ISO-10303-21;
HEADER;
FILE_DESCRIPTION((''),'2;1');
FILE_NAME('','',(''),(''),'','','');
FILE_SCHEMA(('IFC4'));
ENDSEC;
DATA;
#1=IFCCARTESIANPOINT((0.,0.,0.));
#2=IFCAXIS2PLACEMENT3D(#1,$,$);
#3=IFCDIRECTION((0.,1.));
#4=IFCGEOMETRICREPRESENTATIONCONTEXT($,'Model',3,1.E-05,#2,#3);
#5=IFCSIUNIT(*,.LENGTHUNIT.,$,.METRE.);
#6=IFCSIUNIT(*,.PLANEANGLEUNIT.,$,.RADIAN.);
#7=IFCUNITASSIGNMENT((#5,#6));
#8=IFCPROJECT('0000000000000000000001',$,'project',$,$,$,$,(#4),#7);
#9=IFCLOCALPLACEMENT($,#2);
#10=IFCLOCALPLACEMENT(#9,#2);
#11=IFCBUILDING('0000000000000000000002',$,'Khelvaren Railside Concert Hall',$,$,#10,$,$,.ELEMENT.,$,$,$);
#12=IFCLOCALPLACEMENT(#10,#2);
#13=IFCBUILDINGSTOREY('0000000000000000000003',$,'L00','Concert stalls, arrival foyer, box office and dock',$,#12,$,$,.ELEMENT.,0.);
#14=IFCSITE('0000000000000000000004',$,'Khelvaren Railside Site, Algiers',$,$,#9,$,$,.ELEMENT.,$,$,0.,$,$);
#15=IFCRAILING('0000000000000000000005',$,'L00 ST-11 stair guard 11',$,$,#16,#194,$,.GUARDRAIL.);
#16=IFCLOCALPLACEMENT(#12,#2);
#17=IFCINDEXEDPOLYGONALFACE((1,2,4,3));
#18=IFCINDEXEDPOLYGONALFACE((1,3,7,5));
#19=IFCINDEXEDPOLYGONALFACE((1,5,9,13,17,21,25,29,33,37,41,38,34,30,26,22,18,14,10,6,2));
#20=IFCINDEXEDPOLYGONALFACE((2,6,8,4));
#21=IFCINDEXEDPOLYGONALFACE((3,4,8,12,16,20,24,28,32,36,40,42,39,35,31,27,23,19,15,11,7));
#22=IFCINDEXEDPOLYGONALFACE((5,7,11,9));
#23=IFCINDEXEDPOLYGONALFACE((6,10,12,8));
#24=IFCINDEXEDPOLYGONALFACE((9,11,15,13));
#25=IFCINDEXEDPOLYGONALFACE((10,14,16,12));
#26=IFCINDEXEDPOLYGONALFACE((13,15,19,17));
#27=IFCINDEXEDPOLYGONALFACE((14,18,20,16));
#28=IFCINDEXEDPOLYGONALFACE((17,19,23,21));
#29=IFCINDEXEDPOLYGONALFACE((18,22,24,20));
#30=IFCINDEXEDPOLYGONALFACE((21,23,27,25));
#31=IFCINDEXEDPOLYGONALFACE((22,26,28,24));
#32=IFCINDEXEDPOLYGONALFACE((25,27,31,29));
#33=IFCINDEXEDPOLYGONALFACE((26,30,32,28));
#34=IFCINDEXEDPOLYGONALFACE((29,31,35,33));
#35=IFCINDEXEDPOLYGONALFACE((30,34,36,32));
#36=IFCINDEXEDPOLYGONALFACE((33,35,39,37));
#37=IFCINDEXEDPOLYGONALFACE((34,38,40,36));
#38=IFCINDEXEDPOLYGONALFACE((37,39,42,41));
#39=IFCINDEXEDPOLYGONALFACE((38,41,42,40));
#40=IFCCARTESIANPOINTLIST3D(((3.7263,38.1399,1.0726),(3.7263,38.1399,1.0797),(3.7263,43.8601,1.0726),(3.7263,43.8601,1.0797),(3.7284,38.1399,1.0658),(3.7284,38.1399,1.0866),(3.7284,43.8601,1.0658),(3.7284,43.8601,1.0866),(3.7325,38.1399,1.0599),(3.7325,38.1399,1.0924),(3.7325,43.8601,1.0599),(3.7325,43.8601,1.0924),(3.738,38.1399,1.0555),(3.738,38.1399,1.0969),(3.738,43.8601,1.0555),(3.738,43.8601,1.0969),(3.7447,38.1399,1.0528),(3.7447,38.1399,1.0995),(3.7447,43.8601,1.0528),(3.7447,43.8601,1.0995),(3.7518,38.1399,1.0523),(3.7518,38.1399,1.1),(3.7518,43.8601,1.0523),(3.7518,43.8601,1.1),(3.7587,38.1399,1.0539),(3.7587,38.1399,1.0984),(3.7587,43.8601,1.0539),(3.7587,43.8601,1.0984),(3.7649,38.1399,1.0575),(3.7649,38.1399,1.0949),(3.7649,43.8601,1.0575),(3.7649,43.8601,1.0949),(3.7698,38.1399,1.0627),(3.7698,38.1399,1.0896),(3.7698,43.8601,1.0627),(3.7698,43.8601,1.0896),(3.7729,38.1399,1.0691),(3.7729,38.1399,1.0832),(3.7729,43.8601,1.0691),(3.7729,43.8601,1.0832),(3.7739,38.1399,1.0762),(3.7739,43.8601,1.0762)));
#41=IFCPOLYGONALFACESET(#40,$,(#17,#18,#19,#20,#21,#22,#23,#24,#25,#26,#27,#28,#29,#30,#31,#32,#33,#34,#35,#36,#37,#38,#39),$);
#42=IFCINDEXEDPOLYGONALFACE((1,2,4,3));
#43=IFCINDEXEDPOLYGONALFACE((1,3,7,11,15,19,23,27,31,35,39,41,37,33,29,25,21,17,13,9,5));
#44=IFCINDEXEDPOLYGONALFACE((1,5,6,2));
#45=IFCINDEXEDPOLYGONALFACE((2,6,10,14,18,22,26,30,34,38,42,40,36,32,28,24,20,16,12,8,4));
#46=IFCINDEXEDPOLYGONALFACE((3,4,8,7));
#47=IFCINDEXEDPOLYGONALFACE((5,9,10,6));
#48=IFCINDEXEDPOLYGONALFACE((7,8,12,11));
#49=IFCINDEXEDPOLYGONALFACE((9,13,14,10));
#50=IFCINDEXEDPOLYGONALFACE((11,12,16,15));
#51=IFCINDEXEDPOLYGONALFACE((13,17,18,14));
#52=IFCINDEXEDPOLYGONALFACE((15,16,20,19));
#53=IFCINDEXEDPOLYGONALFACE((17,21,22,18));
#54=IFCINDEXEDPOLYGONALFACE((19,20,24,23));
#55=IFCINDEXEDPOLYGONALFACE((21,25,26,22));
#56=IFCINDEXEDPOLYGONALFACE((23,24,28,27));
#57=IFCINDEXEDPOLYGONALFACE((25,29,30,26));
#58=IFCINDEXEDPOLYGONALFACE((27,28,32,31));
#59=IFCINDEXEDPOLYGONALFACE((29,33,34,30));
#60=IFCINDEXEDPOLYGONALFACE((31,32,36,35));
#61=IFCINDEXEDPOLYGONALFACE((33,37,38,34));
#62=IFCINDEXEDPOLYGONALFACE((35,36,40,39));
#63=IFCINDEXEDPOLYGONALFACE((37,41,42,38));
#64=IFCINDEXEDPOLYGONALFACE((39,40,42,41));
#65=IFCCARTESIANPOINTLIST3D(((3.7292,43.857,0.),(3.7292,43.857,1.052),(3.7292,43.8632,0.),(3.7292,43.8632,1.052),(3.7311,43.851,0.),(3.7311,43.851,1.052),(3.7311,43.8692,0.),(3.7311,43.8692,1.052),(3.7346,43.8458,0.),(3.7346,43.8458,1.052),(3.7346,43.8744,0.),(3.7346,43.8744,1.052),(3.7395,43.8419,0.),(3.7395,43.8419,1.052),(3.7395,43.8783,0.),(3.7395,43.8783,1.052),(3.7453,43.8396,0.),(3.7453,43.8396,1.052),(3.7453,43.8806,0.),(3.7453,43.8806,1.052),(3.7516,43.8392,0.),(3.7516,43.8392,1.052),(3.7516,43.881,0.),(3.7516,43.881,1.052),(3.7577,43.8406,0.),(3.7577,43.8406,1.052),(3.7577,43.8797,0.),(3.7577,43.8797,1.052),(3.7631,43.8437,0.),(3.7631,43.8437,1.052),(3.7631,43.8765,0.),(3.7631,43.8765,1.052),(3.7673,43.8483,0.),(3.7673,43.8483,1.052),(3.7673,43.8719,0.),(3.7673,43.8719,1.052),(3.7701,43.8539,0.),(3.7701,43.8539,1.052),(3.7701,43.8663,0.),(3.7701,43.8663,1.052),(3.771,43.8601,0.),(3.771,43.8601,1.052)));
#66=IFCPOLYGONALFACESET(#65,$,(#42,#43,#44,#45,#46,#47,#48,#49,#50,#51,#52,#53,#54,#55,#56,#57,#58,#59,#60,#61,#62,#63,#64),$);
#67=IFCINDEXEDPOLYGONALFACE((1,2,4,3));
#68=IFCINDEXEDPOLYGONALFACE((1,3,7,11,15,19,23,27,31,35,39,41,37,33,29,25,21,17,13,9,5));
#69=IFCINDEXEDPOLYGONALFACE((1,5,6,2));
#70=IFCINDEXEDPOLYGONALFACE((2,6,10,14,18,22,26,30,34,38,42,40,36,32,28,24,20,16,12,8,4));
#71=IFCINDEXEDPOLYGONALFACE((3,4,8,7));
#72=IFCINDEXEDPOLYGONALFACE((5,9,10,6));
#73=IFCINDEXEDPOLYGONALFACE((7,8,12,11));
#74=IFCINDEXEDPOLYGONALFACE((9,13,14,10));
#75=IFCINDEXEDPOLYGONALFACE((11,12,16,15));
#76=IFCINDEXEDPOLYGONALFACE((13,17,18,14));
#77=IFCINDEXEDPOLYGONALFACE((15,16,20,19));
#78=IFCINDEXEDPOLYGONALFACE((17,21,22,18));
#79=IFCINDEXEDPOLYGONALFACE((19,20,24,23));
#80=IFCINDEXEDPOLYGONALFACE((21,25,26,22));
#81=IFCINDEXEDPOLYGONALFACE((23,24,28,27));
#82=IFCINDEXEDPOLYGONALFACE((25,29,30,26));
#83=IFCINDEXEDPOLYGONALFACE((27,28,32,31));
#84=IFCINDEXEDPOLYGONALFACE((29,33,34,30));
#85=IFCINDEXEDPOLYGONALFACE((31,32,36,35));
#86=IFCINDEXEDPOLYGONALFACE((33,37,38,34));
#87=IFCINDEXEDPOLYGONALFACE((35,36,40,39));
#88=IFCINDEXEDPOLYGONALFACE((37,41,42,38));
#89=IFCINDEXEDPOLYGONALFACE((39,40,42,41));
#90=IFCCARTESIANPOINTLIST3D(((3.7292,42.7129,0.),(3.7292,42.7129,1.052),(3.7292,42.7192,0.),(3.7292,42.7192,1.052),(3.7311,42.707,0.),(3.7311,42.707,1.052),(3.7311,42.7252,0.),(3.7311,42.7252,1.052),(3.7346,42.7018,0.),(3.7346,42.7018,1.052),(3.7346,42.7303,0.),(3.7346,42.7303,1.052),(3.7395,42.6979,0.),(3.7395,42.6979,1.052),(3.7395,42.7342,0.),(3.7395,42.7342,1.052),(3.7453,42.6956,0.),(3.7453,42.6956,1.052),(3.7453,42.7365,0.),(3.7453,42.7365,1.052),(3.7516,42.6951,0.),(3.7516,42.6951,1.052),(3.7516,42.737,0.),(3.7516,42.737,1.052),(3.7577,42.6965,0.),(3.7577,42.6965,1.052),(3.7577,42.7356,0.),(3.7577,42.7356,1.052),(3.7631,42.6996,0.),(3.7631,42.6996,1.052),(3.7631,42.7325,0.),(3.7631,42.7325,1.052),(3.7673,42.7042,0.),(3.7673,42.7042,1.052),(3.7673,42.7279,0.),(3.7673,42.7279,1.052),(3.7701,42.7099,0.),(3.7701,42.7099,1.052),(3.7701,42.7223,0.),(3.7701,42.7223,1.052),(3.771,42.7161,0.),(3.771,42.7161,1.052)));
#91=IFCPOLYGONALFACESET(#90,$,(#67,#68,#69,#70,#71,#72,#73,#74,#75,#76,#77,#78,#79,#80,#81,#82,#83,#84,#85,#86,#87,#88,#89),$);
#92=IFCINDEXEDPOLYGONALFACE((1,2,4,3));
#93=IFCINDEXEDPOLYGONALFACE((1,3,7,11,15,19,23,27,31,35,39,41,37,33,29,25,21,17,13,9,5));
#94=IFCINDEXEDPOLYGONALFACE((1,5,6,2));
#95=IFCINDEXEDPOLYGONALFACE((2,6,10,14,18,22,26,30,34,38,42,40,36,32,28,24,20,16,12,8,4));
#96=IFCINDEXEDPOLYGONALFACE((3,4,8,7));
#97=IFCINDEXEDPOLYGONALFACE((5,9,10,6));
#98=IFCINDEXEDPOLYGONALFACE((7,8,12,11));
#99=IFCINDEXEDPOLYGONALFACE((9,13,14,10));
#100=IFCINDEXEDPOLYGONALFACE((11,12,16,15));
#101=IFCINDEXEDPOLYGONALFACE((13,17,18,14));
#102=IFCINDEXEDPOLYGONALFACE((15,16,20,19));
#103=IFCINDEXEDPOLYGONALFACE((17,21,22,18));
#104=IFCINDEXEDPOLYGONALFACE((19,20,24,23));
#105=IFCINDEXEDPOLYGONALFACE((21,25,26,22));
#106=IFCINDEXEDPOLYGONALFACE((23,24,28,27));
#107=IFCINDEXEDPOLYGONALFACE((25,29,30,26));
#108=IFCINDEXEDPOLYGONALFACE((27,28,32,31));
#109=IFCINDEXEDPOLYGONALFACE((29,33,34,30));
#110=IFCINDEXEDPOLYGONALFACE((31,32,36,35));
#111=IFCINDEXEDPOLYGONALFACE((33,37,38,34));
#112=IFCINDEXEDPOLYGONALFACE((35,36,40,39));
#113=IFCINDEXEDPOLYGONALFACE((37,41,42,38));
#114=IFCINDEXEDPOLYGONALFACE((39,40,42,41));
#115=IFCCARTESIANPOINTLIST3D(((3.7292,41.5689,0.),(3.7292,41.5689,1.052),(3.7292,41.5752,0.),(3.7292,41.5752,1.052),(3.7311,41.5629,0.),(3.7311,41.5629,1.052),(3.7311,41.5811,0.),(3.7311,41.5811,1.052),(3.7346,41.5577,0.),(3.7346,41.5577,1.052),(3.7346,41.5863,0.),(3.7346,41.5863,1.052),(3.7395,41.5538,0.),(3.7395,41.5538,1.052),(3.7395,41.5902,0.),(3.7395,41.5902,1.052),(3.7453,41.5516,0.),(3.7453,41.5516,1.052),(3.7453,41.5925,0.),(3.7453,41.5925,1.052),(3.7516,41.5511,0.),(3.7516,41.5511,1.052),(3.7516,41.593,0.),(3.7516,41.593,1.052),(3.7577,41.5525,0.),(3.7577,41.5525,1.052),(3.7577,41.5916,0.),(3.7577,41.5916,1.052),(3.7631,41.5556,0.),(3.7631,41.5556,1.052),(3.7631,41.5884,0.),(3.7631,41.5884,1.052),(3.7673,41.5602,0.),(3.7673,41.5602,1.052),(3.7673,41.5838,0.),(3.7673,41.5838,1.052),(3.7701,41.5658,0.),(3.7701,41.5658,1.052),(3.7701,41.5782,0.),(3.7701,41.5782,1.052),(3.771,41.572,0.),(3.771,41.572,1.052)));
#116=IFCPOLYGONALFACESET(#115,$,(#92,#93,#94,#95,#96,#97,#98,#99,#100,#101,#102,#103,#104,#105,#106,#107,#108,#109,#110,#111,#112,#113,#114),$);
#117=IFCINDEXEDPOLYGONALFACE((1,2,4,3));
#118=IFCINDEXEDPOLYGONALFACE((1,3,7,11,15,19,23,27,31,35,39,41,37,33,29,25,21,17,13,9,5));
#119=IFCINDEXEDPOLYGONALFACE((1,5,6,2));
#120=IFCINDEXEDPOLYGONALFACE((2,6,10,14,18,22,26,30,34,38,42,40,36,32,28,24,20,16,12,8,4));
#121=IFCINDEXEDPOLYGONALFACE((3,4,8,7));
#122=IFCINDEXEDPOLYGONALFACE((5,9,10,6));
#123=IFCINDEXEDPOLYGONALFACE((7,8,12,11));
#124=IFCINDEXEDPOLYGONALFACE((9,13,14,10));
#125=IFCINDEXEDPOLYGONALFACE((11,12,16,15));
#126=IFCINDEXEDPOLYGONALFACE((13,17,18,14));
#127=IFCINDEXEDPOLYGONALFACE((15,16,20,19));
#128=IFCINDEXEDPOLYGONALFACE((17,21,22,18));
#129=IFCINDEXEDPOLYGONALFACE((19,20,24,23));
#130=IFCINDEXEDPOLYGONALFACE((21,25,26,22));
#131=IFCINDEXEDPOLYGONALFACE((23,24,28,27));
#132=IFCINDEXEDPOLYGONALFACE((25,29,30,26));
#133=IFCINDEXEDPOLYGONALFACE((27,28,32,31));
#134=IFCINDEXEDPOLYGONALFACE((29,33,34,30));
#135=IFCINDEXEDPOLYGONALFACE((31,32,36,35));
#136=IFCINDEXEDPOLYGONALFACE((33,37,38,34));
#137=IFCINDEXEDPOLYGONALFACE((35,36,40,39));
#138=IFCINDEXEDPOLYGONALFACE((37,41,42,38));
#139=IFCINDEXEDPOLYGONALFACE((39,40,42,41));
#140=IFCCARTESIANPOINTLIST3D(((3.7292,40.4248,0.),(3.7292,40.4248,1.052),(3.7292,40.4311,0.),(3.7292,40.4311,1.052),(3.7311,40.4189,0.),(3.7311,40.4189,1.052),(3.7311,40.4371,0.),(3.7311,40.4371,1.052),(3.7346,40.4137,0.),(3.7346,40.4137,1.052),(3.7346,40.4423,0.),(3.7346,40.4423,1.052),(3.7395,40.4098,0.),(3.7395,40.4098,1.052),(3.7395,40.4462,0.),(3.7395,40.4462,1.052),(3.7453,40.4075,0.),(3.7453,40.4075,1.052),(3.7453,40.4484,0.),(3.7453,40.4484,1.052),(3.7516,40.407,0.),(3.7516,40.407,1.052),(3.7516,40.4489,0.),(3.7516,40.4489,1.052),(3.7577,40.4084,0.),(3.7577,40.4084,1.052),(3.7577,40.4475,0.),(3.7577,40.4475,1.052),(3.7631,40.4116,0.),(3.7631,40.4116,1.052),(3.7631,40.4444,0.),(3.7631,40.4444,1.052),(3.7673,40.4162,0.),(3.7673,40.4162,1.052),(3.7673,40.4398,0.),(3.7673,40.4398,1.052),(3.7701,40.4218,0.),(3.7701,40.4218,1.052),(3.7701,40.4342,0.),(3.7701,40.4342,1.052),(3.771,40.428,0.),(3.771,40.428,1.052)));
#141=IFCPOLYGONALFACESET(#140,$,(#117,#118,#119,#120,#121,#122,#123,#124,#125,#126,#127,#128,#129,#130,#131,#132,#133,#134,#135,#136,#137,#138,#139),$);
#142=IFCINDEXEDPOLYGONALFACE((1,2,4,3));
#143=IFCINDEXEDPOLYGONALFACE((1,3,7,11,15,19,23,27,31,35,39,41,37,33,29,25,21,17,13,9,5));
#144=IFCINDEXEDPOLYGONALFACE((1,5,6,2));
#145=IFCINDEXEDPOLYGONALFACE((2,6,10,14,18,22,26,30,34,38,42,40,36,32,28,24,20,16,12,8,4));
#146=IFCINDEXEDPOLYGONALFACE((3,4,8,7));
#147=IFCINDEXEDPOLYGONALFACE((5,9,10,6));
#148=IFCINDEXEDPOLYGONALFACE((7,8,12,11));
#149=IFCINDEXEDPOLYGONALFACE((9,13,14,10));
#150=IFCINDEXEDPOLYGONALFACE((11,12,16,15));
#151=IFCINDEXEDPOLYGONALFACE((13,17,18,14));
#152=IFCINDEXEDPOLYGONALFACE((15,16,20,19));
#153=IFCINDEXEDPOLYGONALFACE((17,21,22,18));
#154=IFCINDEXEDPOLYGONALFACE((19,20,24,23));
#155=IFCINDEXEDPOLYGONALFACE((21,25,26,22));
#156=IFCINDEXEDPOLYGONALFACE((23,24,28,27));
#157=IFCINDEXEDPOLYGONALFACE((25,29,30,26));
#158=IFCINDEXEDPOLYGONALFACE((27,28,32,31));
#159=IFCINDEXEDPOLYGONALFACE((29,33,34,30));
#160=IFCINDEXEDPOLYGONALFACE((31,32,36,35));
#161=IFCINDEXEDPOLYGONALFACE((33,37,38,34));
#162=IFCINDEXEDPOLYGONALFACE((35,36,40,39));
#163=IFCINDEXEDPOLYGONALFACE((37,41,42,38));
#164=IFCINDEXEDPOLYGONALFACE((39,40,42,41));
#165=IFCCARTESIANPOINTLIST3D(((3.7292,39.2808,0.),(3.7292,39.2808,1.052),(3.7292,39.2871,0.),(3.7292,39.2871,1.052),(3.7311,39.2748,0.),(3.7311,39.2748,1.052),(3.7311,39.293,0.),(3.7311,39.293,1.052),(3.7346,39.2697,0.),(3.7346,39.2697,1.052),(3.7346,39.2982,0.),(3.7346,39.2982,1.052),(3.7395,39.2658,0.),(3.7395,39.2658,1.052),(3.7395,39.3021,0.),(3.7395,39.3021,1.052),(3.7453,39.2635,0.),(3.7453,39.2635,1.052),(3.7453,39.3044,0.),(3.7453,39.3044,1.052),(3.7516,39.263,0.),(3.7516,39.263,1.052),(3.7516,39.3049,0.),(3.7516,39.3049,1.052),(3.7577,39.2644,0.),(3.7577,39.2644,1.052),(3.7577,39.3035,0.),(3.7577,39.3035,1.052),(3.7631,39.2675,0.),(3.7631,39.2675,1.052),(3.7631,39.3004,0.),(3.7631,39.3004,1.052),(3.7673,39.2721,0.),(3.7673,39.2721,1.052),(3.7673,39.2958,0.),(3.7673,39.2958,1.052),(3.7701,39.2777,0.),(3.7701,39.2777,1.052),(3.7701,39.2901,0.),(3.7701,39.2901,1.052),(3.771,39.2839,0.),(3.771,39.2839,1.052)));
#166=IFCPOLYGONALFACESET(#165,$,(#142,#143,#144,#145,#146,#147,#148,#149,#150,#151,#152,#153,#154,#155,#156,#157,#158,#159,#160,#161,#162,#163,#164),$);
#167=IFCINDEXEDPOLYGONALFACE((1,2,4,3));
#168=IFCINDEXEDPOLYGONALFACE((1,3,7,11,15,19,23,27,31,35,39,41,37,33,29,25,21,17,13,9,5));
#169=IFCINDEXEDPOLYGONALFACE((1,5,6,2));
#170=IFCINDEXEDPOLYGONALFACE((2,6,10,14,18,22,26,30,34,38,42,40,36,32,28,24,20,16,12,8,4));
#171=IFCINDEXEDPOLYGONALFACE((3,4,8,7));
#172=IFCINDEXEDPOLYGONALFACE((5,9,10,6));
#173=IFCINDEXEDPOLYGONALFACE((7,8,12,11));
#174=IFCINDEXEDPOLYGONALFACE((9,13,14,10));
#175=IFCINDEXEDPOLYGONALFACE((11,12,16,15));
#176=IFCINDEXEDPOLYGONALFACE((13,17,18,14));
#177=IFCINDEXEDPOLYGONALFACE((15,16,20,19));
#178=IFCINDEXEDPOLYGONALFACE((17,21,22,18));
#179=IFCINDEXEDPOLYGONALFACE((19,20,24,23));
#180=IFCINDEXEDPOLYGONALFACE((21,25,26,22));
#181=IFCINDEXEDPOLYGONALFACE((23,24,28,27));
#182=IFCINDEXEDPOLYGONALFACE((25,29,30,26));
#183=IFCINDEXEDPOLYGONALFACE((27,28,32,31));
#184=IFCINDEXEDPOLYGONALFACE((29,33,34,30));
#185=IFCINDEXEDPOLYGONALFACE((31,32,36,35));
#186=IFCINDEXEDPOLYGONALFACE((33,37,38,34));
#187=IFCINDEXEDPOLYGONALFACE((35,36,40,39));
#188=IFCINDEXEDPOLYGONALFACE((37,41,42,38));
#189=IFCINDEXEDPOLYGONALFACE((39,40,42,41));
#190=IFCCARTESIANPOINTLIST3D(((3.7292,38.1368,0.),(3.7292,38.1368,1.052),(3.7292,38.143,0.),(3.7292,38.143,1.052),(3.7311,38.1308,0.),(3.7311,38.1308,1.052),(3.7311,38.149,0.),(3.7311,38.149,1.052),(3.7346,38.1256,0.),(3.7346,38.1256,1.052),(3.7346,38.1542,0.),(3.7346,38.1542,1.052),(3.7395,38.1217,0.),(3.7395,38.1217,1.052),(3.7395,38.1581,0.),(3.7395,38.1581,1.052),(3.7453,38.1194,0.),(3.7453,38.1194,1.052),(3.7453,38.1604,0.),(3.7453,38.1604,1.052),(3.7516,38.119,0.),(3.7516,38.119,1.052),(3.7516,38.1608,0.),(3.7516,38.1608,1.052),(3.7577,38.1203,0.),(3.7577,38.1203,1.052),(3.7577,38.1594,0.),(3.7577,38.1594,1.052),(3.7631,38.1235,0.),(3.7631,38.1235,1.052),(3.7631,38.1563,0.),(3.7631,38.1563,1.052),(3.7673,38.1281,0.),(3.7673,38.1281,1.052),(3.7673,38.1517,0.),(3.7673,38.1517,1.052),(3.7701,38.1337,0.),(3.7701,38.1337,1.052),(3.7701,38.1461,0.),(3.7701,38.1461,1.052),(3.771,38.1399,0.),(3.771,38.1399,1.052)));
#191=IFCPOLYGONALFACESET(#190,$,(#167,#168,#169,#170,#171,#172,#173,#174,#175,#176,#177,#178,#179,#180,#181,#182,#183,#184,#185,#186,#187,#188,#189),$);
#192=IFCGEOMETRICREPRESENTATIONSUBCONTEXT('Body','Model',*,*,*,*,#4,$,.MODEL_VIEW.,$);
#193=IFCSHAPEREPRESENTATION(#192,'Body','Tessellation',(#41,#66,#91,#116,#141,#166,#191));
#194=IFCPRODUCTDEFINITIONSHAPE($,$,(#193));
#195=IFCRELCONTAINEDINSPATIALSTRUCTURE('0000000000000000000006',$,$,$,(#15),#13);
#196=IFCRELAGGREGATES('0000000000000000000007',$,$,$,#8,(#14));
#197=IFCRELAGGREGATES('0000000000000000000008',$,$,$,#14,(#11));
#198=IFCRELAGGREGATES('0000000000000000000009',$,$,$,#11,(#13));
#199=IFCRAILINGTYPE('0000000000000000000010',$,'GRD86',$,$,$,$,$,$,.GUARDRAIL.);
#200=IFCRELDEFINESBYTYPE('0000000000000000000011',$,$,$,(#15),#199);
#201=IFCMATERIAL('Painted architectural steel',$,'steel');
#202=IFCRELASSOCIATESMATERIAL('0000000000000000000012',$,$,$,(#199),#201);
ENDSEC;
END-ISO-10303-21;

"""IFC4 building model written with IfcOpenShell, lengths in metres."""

from ifc_helpers import new_model, si_unit, direction, frame, origin, origin_2d, place, context, subcontext, project, spatial, circle, extrude, material, type_object, element, save


model = new_model("IFC4")

# Units and contexts
model_context = context("Model", 3, precision=1e-05, world=origin(), true_north=direction((0.0, 1.0)))
body_context = subcontext(model_context, "Body", "Model", "MODEL_VIEW")
ifc_project = project(units=[si_unit("LENGTHUNIT", "METRE"), si_unit("PLANEANGLEUNIT", "RADIAN")], contexts=[model_context])

# Site, building, storey
site_placement = place(None, origin())
site = spatial("IfcSite", under=ifc_project, at=site_placement, Name="Khelvaren Railside Site, Algiers", CompositionType="ELEMENT", RefElevation=0.0)
building_placement = place(site_placement, origin())
building = spatial("IfcBuilding", under=site, at=building_placement, Name="Khelvaren Railside Concert Hall", CompositionType="ELEMENT")
storey_placement = place(building_placement, origin())
storey = spatial("IfcBuildingStorey", under=building, at=storey_placement, Name="L00", Description="Concert stalls, arrival foyer, box office and dock", CompositionType="ELEMENT", Elevation=0.0)

# Railing
ifc_material_1 = material(Name="Painted architectural steel", Category="steel")
railing_type_1 = type_object("IfcRailingType", Name="GRD86", PredefinedType="GUARDRAIL", material=ifc_material_1)
railing_1_placement = place(storey_placement, frame((3.75, 43.8601, 0.0)))
element("IfcRailing", 1, at=railing_1_placement, inside=storey, type_object=railing_type_1, Name="L00 ST-11 stair guard 11", PredefinedType="GUARDRAIL", context=body_context, shape_type="SweptSolid", body=[
    extrude(circle(Radius=0.0239, at=origin_2d()), frame((0.0, 0.0, 1.0762), z_axis=(0.0, -1.0, 0.0), x_axis=(1.0, 0.0, 0.0)), (0.0, 0.0, 1.0), 5.7202),
    extrude(circle(Radius=0.021, at=origin_2d()), origin(), (0.0, 0.0, 1.0), 1.052),
    extrude(circle(Radius=0.021, at=origin_2d()), frame((0.0, -1.144, 0.0)), (0.0, 0.0, 1.0), 1.052),
    extrude(circle(Radius=0.021, at=origin_2d()), frame((0.0, -2.2881, 0.0)), (0.0, 0.0, 1.0), 1.052),
    extrude(circle(Radius=0.021, at=origin_2d()), frame((0.0, -3.4321, 0.0)), (0.0, 0.0, 1.0), 1.052),
    extrude(circle(Radius=0.021, at=origin_2d()), frame((0.0, -4.5762, 0.0)), (0.0, 0.0, 1.0), 1.052),
    extrude(circle(Radius=0.021, at=origin_2d()), frame((0.0, -5.7202, 0.0)), (0.0, 0.0, 1.0), 1.052),
])

save(model, "model.ifc")
